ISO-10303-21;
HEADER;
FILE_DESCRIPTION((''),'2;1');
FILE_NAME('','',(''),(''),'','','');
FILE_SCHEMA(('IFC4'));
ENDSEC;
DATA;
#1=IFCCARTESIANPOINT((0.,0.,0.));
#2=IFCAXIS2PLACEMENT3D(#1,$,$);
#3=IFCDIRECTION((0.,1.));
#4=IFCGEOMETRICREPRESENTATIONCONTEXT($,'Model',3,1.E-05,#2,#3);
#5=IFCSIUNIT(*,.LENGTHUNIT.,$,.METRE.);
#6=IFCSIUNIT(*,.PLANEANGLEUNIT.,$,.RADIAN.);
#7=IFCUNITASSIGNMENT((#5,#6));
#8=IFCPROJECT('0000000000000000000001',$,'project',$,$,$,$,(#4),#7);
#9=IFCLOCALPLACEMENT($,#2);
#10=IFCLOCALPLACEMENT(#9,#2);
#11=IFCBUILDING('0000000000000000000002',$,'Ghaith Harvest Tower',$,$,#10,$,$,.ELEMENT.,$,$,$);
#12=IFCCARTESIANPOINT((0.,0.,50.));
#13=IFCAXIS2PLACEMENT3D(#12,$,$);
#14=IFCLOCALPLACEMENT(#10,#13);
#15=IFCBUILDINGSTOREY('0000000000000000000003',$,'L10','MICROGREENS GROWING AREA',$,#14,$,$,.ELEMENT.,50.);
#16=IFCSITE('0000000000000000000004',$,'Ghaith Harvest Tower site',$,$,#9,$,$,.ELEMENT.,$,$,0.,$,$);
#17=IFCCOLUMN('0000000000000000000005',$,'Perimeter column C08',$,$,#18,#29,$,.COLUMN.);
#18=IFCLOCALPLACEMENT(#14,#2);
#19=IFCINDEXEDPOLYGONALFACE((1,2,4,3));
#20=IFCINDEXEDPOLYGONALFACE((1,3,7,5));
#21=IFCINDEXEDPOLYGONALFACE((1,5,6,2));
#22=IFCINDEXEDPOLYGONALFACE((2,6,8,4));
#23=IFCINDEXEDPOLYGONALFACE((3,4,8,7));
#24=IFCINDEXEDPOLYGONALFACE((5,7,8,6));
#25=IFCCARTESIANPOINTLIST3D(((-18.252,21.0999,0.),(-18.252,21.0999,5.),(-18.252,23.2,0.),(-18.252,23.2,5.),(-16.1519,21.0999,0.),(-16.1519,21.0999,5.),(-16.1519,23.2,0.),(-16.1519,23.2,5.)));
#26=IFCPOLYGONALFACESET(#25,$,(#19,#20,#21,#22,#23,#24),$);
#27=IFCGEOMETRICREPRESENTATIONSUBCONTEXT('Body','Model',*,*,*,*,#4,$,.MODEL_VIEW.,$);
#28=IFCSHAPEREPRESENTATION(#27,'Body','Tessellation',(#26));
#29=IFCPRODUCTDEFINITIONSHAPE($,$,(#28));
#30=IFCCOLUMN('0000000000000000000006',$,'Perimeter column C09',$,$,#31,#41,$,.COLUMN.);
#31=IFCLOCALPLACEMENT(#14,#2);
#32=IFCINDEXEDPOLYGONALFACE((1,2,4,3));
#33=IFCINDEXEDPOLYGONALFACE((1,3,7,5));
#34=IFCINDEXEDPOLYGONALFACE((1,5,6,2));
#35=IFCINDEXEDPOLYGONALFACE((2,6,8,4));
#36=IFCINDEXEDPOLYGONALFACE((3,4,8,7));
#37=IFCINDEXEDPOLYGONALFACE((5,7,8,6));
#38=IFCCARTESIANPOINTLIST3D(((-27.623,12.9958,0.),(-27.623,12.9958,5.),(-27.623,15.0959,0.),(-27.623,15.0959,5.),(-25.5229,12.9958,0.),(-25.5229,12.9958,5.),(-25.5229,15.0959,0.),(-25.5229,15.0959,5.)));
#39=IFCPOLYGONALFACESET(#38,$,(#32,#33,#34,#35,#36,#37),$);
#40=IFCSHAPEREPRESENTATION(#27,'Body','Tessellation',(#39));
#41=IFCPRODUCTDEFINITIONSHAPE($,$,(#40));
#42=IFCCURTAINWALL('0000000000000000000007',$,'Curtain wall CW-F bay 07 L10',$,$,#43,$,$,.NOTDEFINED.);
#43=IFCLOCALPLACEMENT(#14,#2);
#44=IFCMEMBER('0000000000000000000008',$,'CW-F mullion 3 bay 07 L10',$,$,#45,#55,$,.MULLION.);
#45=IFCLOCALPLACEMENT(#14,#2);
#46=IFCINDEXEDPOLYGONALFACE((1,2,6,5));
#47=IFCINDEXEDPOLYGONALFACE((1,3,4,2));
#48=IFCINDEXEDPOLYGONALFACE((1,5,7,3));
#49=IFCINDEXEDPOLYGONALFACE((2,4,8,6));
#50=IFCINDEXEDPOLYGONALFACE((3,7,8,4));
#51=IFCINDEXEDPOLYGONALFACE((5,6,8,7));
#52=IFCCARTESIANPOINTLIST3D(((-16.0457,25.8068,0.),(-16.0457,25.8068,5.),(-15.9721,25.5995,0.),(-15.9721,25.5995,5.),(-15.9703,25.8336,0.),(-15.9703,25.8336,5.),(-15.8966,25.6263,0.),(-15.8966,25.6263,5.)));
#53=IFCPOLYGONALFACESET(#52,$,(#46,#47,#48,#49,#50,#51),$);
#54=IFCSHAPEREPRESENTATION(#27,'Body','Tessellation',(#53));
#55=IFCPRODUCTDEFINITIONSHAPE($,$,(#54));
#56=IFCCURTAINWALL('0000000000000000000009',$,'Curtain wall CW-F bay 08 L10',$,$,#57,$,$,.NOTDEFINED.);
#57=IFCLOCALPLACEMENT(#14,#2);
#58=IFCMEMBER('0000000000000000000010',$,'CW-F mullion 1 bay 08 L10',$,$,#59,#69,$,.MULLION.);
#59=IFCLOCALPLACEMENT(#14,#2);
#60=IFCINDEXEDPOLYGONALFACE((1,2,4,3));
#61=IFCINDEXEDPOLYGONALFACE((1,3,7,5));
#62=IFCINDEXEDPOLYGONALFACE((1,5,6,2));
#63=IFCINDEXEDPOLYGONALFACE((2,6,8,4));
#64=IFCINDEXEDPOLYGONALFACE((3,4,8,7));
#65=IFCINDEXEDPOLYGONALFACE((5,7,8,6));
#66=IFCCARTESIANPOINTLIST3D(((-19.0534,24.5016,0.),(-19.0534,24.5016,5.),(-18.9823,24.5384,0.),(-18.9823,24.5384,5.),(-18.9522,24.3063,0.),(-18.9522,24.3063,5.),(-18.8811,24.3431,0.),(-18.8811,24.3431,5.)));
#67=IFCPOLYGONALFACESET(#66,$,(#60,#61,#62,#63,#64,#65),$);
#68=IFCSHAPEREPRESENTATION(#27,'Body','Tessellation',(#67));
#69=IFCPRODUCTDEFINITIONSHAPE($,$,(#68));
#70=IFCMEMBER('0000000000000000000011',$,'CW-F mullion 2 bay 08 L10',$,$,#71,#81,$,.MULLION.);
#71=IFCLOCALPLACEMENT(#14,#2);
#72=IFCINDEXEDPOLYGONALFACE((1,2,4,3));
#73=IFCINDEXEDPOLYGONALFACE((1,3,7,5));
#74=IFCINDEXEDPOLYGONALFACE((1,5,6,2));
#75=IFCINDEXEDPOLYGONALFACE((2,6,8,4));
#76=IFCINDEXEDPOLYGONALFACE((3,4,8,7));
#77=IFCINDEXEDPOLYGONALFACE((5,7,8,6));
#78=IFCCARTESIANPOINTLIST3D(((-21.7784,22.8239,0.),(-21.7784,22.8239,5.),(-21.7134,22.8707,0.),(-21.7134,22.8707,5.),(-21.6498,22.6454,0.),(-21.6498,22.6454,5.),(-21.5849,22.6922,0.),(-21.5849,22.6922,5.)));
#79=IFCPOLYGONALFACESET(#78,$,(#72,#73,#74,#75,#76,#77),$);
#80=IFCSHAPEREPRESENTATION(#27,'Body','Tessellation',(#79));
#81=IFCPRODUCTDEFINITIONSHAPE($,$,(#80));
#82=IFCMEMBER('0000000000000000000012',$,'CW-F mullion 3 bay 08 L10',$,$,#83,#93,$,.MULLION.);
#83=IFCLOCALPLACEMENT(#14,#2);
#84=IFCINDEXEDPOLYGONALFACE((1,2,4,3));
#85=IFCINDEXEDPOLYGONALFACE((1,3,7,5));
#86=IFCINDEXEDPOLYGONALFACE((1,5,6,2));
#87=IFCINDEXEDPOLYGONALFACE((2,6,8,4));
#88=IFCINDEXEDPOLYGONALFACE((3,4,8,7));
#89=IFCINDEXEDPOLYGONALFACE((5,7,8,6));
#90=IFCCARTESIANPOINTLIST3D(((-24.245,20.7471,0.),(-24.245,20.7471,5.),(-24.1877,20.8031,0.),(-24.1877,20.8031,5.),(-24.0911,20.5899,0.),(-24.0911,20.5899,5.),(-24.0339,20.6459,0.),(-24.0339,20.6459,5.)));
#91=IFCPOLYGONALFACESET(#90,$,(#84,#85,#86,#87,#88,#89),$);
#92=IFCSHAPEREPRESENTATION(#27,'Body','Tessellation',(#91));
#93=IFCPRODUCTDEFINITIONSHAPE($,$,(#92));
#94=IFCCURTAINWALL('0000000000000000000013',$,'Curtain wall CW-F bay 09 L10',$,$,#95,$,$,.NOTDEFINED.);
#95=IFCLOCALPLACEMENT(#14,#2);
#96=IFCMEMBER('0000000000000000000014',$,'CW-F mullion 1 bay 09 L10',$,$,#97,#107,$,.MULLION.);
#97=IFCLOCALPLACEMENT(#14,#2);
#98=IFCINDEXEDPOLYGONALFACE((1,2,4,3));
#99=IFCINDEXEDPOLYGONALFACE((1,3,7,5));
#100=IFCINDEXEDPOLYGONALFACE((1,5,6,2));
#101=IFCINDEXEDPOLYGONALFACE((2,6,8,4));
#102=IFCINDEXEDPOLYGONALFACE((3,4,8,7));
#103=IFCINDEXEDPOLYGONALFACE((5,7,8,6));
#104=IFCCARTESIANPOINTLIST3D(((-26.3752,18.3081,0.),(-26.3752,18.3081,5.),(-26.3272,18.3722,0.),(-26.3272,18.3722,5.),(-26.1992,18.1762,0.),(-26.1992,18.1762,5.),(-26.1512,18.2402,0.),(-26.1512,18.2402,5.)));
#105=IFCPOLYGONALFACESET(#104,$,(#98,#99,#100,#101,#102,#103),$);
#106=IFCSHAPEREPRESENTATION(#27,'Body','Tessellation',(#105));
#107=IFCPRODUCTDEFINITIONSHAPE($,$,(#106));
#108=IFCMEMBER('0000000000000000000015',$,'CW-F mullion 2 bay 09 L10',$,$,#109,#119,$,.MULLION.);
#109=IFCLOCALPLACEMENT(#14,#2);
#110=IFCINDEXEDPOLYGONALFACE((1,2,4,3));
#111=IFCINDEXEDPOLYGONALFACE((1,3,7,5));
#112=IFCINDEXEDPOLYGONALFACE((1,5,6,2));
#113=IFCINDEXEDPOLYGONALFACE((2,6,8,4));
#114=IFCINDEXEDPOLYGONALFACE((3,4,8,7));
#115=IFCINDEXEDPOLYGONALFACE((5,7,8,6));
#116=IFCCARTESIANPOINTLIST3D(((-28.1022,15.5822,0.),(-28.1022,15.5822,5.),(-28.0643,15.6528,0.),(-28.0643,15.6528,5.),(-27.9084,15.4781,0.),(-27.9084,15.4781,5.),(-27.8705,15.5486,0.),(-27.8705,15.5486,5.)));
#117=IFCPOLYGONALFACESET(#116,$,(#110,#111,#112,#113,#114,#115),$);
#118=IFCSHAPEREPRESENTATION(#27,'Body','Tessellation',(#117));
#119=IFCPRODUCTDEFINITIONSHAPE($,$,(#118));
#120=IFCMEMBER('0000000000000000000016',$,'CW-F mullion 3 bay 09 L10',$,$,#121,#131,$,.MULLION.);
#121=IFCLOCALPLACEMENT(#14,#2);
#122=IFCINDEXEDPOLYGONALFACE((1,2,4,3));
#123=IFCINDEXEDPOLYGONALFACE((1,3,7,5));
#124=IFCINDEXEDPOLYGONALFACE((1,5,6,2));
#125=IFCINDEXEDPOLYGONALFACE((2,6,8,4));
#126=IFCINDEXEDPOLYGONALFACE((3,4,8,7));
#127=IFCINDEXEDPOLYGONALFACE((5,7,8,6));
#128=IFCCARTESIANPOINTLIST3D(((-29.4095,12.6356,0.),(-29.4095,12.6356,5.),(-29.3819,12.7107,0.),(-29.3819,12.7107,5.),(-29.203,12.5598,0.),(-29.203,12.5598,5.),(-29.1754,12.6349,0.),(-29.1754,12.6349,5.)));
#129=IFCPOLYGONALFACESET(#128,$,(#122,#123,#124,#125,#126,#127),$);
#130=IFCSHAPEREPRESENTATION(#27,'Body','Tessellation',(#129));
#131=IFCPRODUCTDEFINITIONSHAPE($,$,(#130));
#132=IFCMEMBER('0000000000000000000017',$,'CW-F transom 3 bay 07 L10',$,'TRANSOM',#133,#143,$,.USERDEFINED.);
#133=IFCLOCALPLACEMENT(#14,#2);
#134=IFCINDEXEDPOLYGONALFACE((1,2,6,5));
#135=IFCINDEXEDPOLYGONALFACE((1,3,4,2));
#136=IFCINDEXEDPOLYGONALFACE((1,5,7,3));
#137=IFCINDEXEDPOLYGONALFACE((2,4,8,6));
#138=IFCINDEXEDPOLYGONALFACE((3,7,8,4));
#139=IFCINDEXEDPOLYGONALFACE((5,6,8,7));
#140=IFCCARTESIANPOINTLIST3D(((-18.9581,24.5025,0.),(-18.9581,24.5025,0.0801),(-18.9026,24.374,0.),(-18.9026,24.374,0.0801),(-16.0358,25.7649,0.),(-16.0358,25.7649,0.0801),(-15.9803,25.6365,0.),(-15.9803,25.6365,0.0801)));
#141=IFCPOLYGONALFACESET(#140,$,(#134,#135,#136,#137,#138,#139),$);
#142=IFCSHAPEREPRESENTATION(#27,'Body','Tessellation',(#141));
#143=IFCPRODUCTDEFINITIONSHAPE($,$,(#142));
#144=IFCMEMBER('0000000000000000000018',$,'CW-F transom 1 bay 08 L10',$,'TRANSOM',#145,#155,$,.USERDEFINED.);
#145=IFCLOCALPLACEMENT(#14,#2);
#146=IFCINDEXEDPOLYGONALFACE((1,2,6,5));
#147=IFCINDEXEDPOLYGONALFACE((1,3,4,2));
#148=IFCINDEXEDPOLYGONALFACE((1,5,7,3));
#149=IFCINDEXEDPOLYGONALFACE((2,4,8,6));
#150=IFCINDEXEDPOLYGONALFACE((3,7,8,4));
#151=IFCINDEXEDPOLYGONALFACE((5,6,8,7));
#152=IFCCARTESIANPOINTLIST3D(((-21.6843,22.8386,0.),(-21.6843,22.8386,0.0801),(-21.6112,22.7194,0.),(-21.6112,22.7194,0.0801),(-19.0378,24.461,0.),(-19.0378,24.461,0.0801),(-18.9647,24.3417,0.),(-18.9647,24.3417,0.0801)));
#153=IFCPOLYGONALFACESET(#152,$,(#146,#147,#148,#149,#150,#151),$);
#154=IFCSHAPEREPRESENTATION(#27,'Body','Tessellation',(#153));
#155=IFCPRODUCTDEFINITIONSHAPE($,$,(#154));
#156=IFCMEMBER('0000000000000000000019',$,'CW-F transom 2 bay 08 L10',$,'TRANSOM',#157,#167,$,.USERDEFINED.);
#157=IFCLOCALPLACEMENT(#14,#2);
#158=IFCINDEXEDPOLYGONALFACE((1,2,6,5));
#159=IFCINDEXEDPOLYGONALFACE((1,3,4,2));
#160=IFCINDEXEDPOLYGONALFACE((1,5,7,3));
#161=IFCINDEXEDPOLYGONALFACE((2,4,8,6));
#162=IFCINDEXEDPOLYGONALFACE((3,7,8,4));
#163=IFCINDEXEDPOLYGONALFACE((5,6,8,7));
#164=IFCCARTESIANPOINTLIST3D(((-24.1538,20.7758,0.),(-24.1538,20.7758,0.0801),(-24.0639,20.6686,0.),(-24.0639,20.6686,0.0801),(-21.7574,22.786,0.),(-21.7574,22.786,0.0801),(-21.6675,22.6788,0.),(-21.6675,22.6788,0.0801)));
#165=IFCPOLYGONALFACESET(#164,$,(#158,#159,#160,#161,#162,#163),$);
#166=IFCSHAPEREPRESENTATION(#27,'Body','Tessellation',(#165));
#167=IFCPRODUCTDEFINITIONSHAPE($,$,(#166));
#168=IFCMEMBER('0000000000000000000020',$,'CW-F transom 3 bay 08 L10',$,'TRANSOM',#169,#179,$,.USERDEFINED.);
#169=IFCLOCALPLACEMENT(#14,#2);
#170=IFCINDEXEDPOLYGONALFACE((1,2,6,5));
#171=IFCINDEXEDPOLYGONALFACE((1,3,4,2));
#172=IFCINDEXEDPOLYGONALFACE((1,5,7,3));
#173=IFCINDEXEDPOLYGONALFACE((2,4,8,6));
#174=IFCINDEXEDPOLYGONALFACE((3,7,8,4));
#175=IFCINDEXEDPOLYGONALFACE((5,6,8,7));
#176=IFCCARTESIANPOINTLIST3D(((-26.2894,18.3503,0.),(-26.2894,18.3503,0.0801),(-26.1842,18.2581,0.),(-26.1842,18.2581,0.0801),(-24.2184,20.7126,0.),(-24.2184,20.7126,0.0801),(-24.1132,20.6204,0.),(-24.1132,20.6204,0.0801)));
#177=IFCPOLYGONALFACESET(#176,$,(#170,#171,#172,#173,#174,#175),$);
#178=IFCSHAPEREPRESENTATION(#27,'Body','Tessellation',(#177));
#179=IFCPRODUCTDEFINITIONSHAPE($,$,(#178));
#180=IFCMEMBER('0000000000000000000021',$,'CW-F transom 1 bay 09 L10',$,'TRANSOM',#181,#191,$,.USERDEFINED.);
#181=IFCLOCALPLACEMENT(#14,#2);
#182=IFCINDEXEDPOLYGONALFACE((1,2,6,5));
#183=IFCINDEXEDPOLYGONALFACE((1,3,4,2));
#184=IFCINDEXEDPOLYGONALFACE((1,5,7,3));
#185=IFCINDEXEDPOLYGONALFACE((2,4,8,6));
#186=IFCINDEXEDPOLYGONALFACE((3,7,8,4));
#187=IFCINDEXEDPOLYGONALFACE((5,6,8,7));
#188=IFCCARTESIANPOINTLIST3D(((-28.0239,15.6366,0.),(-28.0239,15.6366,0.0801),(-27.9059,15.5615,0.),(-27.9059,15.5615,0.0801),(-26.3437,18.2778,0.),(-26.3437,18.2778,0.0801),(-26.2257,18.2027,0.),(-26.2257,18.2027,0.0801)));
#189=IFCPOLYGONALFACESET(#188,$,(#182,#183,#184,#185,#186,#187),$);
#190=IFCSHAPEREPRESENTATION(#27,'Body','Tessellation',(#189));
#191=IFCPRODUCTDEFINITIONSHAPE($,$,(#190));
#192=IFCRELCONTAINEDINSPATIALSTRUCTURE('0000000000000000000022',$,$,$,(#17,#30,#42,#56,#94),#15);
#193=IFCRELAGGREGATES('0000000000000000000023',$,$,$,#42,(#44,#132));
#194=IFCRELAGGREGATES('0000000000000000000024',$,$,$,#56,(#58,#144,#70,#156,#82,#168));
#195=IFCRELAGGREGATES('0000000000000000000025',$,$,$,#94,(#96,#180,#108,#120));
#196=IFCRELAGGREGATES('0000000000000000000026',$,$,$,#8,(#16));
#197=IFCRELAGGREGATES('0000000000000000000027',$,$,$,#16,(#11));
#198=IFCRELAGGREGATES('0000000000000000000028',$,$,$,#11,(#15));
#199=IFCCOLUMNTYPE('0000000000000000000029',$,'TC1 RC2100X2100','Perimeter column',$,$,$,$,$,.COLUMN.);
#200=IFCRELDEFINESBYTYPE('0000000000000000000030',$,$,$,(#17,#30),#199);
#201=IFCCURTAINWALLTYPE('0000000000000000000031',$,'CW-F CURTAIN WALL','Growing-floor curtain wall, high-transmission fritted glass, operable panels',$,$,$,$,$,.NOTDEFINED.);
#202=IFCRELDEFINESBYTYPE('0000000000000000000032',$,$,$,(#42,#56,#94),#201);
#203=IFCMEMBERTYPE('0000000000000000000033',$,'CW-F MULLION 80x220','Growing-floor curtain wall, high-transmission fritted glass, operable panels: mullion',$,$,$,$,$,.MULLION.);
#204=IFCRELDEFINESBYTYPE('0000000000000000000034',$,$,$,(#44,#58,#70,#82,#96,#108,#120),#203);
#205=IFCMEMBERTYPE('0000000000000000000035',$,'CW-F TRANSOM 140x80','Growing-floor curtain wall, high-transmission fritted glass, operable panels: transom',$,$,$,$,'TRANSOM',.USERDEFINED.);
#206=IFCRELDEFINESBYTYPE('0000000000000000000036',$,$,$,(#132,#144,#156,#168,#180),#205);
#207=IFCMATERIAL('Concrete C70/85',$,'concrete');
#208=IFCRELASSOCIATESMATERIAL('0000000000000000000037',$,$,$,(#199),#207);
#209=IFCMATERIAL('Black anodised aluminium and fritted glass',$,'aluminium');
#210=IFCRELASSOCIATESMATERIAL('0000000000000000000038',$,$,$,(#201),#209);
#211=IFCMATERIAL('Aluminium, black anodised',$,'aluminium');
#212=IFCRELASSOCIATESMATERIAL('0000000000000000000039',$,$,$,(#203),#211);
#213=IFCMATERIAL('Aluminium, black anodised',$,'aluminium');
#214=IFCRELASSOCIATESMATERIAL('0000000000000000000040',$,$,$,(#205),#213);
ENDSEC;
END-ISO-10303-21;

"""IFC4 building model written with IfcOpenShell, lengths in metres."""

from ifc_helpers import new_model, si_unit, direction, frame, origin, origin_2d, place, context, subcontext, project, spatial, rectangle, extrude, material, material_profile, profile_set, type_object, element, aggregate, save


model = new_model("IFC4")

# Units and contexts
model_context = context("Model", 3, precision=1e-05, world=origin(), true_north=direction((0.0, 1.0)))
body_context = subcontext(model_context, "Body", "Model", "MODEL_VIEW")
ifc_project = project(units=[si_unit("LENGTHUNIT", "METRE"), si_unit("PLANEANGLEUNIT", "RADIAN")], contexts=[model_context])

# Site, building, storey
site_placement = place(None, origin())
site = spatial("IfcSite", under=ifc_project, at=site_placement, Name="Ghaith Harvest Tower site", CompositionType="ELEMENT", RefElevation=0.0)
building_placement = place(site_placement, origin())
building = spatial("IfcBuilding", under=site, at=building_placement, Name="Ghaith Harvest Tower", CompositionType="ELEMENT")
storey_placement = place(building_placement, frame((0.0, 0.0, 50.0)))
storey = spatial("IfcBuildingStorey", under=building, at=storey_placement, Name="L10", Description="MICROGREENS GROWING AREA", CompositionType="ELEMENT", Elevation=50.0)

# Columns
ifc_material_1 = material(Name="Concrete C70/85", Category="concrete")
ifc_material_profile_1 = material_profile(ifc_material_1, rectangle(XDim=2.1001, YDim=2.1001, at=origin_2d()), Name="RC2100X2100")
ifc_profile_set_1 = profile_set([ifc_material_profile_1], Name="Concrete C70/85")
column_type = type_object("IfcColumnType", Name="TC1 RC2100X2100", Description="Perimeter column", PredefinedType="COLUMN", material=ifc_profile_set_1)
for number, where, z_axis, x_axis, name in (
    (1, (-17.2019, 22.1499, 0.0), (0.0, 0.0, 1.0), (1.0, 0.0, 0.0), "Perimeter column C08"),
    (2, (-26.573, 14.0459, 0.0), (0.0, 0.0, 1.0), (1.0, 0.0, 0.0), "Perimeter column C09"),
):
    element("IfcColumn", number, at=place(storey_placement, frame(where, z_axis=z_axis, x_axis=x_axis)), inside=storey, type_object=column_type, Name=name, PredefinedType="COLUMN", context=body_context, shape_type="SweptSolid", body=[
        extrude(rectangle(XDim=2.1001, YDim=2.1001, at=origin_2d()), origin(), (0.0, 0.0, 1.0), 5.0),
    ])

# Curtain wall, member
ifc_material_2 = material(Name="Black anodised aluminium and fritted glass", Category="aluminium")
curtain_wall_type = type_object("IfcCurtainWallType", Name="CW-F CURTAIN WALL", Description="Growing-floor curtain wall, high-transmission fritted glass, operable panels", PredefinedType="NOTDEFINED", material=ifc_material_2)
curtain_wall_1_placement = place(storey_placement, origin())
curtain_wall_1 = element("IfcCurtainWall", 3, at=curtain_wall_1_placement, inside=storey, type_object=curtain_wall_type, Name="Curtain wall CW-F bay 07 L10", PredefinedType="NOTDEFINED")
ifc_material_3 = material(Name="Aluminium, black anodised", Category="aluminium")
ifc_material_profile_2 = material_profile(ifc_material_3, rectangle(XDim=0.0801, YDim=0.22, at=origin_2d()), Name="CW-F MULLION 80x220")
ifc_profile_set_2 = profile_set([ifc_material_profile_2], Name="Aluminium, black anodised")
member_type_1 = type_object("IfcMemberType", Name="CW-F MULLION 80x220", Description="Growing-floor curtain wall, high-transmission fritted glass, operable panels: mullion", PredefinedType="MULLION", material=ifc_profile_set_2)
member_1_placement = place(storey_placement, frame((-15.9712, 25.7166, 0.0), z_axis=(0.0, 0.0, 1.0), x_axis=(-0.942294, -0.334788, 0.0)))
member_1 = element("IfcMember", 4, at=member_1_placement, type_object=member_type_1, Name="CW-F mullion 3 bay 07 L10", PredefinedType="MULLION", context=body_context, shape_type="SweptSolid", body=[
    extrude(rectangle(XDim=0.0801, YDim=0.22, at=origin_2d()), origin(), (0.0, 0.0, 1.0), 5.0),
])

# Curtain walls, members
curtain_wall_2_placement = place(storey_placement, origin())
curtain_wall_2 = element("IfcCurtainWall", 5, at=curtain_wall_2_placement, inside=storey, type_object=curtain_wall_type, Name="Curtain wall CW-F bay 08 L10", PredefinedType="NOTDEFINED")
member_2_placement = place(storey_placement, frame((-18.9673, 24.4224, 0.0), z_axis=(0.0, 0.0, 1.0), x_axis=(-0.887912, -0.460013, 0.0)))
member_2 = element("IfcMember", 6, at=member_2_placement, type_object=member_type_1, Name="CW-F mullion 1 bay 08 L10", PredefinedType="MULLION", context=body_context, shape_type="SweptSolid", body=[
    extrude(rectangle(XDim=0.0801, YDim=0.22, at=origin_2d()), origin(), (0.0, 0.0, 1.0), 5.0),
])
member_3_placement = place(storey_placement, frame((-21.6816, 22.7581, 0.0), z_axis=(0.0, 0.0, 1.0), x_axis=(-0.811401, -0.58449, 0.0)))
member_3 = element("IfcMember", 7, at=member_3_placement, type_object=member_type_1, Name="CW-F mullion 2 bay 08 L10", PredefinedType="MULLION", context=body_context, shape_type="SweptSolid", body=[
    extrude(rectangle(XDim=0.0801, YDim=0.22, at=origin_2d()), origin(), (0.0, 0.0, 1.0), 5.0),
])
member_4_placement = place(storey_placement, frame((-24.1394, 20.6965, 0.0), z_axis=(0.0, 0.0, 1.0), x_axis=(-0.714663, -0.699469, 0.0)))
member_4 = element("IfcMember", 8, at=member_4_placement, type_object=member_type_1, Name="CW-F mullion 3 bay 08 L10", PredefinedType="MULLION", context=body_context, shape_type="SweptSolid", body=[
    extrude(rectangle(XDim=0.0801, YDim=0.22, at=origin_2d()), origin(), (0.0, 0.0, 1.0), 5.0),
])
curtain_wall_3_placement = place(storey_placement, origin())
curtain_wall_3 = element("IfcCurtainWall", 9, at=curtain_wall_3_placement, inside=storey, type_object=curtain_wall_type, Name="Curtain wall CW-F bay 09 L10", PredefinedType="NOTDEFINED")
member_5_placement = place(storey_placement, frame((-26.2632, 18.2742, 0.0), z_axis=(0.0, 0.0, 1.0), x_axis=(-0.599862, -0.800104, 0.0)))
member_5 = element("IfcMember", 10, at=member_5_placement, type_object=member_type_1, Name="CW-F mullion 1 bay 09 L10", PredefinedType="MULLION", context=body_context, shape_type="SweptSolid", body=[
    extrude(rectangle(XDim=0.0801, YDim=0.22, at=origin_2d()), origin(), (0.0, 0.0, 1.0), 5.0),
])
member_6_placement = place(storey_placement, frame((-27.9863, 15.5654, 0.0), z_axis=(0.0, 0.0, 1.0), x_axis=(-0.473265, -0.88092, 0.0)))
member_6 = element("IfcMember", 11, at=member_6_placement, type_object=member_type_1, Name="CW-F mullion 2 bay 09 L10", PredefinedType="MULLION", context=body_context, shape_type="SweptSolid", body=[
    extrude(rectangle(XDim=0.0801, YDim=0.22, at=origin_2d()), origin(), (0.0, 0.0, 1.0), 5.0),
])
member_7_placement = place(storey_placement, frame((-29.2925, 12.6353, 0.0), z_axis=(0.0, 0.0, 1.0), x_axis=(-0.344618, -0.938743, 0.0)))
member_7 = element("IfcMember", 12, at=member_7_placement, type_object=member_type_1, Name="CW-F mullion 3 bay 09 L10", PredefinedType="MULLION", context=body_context, shape_type="SweptSolid", body=[
    extrude(rectangle(XDim=0.0801, YDim=0.22, at=origin_2d()), origin(), (0.0, 0.0, 1.0), 5.0),
])

# Members
ifc_material_4 = material(Name="Aluminium, black anodised", Category="aluminium")
ifc_material_profile_3 = material_profile(ifc_material_4, rectangle(XDim=0.1399, YDim=0.0801, at=origin_2d()), Name="CW-F TRANSOM 140x80")
ifc_profile_set_3 = profile_set([ifc_material_profile_3], Name="Aluminium, black anodised")
member_type_2 = type_object("IfcMemberType", Name="CW-F TRANSOM 140x80", Description="Growing-floor curtain wall, high-transmission fritted glass, operable panels: transom", ElementType="TRANSOM", PredefinedType="USERDEFINED", material=ifc_profile_set_3)
member_8_placement = place(storey_placement, frame((-16.0081, 25.7007, 0.04), z_axis=(-0.918003, -0.396574, 0.0), x_axis=(0.396574, -0.918003, 0.0)))
member_8 = element("IfcMember", 13, at=member_8_placement, type_object=member_type_2, Name="CW-F transom 3 bay 07 L10", ObjectType="TRANSOM", PredefinedType="USERDEFINED", context=body_context, shape_type="SweptSolid", body=[
    extrude(rectangle(XDim=0.1399, YDim=0.0801, at=origin_2d()), origin(), (0.0, 0.0, 1.0), 3.1833),
])
member_9_placement = place(storey_placement, frame((-19.0012, 24.4014, 0.04), z_axis=(-0.852562, -0.522627, 0.0), x_axis=(0.522627, -0.852562, 0.0)))
member_9 = element("IfcMember", 14, at=member_9_placement, type_object=member_type_2, Name="CW-F transom 1 bay 08 L10", ObjectType="TRANSOM", PredefinedType="USERDEFINED", context=body_context, shape_type="SweptSolid", body=[
    extrude(rectangle(XDim=0.1399, YDim=0.0801, at=origin_2d()), origin(), (0.0, 0.0, 1.0), 3.1042),
])
member_10_placement = place(storey_placement, frame((-21.7124, 22.7324, 0.04), z_axis=(-0.766144, -0.642668, 0.0), x_axis=(0.642668, -0.766144, 0.0)))
member_10 = element("IfcMember", 15, at=member_10_placement, type_object=member_type_2, Name="CW-F transom 2 bay 08 L10", ObjectType="TRANSOM", PredefinedType="USERDEFINED", context=body_context, shape_type="SweptSolid", body=[
    extrude(rectangle(XDim=0.1399, YDim=0.0801, at=origin_2d()), origin(), (0.0, 0.0, 1.0), 3.1279),
])
member_11_placement = place(storey_placement, frame((-24.1658, 20.6665, 0.04), z_axis=(-0.659231, -0.751941, 0.0), x_axis=(0.751941, -0.659231, 0.0)))
member_11 = element("IfcMember", 16, at=member_11_placement, type_object=member_type_2, Name="CW-F transom 3 bay 08 L10", ObjectType="TRANSOM", PredefinedType="USERDEFINED", context=body_context, shape_type="SweptSolid", body=[
    extrude(rectangle(XDim=0.1399, YDim=0.0801, at=origin_2d()), origin(), (0.0, 0.0, 1.0), 3.1416),
])
member_12_placement = place(storey_placement, frame((-26.2847, 18.2402, 0.04), z_axis=(-0.536754, -0.843739, 0.0), x_axis=(0.843739, -0.536754, 0.0)))
member_12 = element("IfcMember", 17, at=member_12_placement, type_object=member_type_2, Name="CW-F transom 1 bay 09 L10", ObjectType="TRANSOM", PredefinedType="USERDEFINED", context=body_context, shape_type="SweptSolid", body=[
    extrude(rectangle(XDim=0.1399, YDim=0.0801, at=origin_2d()), origin(), (0.0, 0.0, 1.0), 3.1304),
])

aggregate(curtain_wall_1, [member_1, member_8])
aggregate(curtain_wall_2, [member_2, member_9, member_3, member_10, member_4, member_11])
aggregate(curtain_wall_3, [member_5, member_12, member_6, member_7])

save(model, "model.ifc")
